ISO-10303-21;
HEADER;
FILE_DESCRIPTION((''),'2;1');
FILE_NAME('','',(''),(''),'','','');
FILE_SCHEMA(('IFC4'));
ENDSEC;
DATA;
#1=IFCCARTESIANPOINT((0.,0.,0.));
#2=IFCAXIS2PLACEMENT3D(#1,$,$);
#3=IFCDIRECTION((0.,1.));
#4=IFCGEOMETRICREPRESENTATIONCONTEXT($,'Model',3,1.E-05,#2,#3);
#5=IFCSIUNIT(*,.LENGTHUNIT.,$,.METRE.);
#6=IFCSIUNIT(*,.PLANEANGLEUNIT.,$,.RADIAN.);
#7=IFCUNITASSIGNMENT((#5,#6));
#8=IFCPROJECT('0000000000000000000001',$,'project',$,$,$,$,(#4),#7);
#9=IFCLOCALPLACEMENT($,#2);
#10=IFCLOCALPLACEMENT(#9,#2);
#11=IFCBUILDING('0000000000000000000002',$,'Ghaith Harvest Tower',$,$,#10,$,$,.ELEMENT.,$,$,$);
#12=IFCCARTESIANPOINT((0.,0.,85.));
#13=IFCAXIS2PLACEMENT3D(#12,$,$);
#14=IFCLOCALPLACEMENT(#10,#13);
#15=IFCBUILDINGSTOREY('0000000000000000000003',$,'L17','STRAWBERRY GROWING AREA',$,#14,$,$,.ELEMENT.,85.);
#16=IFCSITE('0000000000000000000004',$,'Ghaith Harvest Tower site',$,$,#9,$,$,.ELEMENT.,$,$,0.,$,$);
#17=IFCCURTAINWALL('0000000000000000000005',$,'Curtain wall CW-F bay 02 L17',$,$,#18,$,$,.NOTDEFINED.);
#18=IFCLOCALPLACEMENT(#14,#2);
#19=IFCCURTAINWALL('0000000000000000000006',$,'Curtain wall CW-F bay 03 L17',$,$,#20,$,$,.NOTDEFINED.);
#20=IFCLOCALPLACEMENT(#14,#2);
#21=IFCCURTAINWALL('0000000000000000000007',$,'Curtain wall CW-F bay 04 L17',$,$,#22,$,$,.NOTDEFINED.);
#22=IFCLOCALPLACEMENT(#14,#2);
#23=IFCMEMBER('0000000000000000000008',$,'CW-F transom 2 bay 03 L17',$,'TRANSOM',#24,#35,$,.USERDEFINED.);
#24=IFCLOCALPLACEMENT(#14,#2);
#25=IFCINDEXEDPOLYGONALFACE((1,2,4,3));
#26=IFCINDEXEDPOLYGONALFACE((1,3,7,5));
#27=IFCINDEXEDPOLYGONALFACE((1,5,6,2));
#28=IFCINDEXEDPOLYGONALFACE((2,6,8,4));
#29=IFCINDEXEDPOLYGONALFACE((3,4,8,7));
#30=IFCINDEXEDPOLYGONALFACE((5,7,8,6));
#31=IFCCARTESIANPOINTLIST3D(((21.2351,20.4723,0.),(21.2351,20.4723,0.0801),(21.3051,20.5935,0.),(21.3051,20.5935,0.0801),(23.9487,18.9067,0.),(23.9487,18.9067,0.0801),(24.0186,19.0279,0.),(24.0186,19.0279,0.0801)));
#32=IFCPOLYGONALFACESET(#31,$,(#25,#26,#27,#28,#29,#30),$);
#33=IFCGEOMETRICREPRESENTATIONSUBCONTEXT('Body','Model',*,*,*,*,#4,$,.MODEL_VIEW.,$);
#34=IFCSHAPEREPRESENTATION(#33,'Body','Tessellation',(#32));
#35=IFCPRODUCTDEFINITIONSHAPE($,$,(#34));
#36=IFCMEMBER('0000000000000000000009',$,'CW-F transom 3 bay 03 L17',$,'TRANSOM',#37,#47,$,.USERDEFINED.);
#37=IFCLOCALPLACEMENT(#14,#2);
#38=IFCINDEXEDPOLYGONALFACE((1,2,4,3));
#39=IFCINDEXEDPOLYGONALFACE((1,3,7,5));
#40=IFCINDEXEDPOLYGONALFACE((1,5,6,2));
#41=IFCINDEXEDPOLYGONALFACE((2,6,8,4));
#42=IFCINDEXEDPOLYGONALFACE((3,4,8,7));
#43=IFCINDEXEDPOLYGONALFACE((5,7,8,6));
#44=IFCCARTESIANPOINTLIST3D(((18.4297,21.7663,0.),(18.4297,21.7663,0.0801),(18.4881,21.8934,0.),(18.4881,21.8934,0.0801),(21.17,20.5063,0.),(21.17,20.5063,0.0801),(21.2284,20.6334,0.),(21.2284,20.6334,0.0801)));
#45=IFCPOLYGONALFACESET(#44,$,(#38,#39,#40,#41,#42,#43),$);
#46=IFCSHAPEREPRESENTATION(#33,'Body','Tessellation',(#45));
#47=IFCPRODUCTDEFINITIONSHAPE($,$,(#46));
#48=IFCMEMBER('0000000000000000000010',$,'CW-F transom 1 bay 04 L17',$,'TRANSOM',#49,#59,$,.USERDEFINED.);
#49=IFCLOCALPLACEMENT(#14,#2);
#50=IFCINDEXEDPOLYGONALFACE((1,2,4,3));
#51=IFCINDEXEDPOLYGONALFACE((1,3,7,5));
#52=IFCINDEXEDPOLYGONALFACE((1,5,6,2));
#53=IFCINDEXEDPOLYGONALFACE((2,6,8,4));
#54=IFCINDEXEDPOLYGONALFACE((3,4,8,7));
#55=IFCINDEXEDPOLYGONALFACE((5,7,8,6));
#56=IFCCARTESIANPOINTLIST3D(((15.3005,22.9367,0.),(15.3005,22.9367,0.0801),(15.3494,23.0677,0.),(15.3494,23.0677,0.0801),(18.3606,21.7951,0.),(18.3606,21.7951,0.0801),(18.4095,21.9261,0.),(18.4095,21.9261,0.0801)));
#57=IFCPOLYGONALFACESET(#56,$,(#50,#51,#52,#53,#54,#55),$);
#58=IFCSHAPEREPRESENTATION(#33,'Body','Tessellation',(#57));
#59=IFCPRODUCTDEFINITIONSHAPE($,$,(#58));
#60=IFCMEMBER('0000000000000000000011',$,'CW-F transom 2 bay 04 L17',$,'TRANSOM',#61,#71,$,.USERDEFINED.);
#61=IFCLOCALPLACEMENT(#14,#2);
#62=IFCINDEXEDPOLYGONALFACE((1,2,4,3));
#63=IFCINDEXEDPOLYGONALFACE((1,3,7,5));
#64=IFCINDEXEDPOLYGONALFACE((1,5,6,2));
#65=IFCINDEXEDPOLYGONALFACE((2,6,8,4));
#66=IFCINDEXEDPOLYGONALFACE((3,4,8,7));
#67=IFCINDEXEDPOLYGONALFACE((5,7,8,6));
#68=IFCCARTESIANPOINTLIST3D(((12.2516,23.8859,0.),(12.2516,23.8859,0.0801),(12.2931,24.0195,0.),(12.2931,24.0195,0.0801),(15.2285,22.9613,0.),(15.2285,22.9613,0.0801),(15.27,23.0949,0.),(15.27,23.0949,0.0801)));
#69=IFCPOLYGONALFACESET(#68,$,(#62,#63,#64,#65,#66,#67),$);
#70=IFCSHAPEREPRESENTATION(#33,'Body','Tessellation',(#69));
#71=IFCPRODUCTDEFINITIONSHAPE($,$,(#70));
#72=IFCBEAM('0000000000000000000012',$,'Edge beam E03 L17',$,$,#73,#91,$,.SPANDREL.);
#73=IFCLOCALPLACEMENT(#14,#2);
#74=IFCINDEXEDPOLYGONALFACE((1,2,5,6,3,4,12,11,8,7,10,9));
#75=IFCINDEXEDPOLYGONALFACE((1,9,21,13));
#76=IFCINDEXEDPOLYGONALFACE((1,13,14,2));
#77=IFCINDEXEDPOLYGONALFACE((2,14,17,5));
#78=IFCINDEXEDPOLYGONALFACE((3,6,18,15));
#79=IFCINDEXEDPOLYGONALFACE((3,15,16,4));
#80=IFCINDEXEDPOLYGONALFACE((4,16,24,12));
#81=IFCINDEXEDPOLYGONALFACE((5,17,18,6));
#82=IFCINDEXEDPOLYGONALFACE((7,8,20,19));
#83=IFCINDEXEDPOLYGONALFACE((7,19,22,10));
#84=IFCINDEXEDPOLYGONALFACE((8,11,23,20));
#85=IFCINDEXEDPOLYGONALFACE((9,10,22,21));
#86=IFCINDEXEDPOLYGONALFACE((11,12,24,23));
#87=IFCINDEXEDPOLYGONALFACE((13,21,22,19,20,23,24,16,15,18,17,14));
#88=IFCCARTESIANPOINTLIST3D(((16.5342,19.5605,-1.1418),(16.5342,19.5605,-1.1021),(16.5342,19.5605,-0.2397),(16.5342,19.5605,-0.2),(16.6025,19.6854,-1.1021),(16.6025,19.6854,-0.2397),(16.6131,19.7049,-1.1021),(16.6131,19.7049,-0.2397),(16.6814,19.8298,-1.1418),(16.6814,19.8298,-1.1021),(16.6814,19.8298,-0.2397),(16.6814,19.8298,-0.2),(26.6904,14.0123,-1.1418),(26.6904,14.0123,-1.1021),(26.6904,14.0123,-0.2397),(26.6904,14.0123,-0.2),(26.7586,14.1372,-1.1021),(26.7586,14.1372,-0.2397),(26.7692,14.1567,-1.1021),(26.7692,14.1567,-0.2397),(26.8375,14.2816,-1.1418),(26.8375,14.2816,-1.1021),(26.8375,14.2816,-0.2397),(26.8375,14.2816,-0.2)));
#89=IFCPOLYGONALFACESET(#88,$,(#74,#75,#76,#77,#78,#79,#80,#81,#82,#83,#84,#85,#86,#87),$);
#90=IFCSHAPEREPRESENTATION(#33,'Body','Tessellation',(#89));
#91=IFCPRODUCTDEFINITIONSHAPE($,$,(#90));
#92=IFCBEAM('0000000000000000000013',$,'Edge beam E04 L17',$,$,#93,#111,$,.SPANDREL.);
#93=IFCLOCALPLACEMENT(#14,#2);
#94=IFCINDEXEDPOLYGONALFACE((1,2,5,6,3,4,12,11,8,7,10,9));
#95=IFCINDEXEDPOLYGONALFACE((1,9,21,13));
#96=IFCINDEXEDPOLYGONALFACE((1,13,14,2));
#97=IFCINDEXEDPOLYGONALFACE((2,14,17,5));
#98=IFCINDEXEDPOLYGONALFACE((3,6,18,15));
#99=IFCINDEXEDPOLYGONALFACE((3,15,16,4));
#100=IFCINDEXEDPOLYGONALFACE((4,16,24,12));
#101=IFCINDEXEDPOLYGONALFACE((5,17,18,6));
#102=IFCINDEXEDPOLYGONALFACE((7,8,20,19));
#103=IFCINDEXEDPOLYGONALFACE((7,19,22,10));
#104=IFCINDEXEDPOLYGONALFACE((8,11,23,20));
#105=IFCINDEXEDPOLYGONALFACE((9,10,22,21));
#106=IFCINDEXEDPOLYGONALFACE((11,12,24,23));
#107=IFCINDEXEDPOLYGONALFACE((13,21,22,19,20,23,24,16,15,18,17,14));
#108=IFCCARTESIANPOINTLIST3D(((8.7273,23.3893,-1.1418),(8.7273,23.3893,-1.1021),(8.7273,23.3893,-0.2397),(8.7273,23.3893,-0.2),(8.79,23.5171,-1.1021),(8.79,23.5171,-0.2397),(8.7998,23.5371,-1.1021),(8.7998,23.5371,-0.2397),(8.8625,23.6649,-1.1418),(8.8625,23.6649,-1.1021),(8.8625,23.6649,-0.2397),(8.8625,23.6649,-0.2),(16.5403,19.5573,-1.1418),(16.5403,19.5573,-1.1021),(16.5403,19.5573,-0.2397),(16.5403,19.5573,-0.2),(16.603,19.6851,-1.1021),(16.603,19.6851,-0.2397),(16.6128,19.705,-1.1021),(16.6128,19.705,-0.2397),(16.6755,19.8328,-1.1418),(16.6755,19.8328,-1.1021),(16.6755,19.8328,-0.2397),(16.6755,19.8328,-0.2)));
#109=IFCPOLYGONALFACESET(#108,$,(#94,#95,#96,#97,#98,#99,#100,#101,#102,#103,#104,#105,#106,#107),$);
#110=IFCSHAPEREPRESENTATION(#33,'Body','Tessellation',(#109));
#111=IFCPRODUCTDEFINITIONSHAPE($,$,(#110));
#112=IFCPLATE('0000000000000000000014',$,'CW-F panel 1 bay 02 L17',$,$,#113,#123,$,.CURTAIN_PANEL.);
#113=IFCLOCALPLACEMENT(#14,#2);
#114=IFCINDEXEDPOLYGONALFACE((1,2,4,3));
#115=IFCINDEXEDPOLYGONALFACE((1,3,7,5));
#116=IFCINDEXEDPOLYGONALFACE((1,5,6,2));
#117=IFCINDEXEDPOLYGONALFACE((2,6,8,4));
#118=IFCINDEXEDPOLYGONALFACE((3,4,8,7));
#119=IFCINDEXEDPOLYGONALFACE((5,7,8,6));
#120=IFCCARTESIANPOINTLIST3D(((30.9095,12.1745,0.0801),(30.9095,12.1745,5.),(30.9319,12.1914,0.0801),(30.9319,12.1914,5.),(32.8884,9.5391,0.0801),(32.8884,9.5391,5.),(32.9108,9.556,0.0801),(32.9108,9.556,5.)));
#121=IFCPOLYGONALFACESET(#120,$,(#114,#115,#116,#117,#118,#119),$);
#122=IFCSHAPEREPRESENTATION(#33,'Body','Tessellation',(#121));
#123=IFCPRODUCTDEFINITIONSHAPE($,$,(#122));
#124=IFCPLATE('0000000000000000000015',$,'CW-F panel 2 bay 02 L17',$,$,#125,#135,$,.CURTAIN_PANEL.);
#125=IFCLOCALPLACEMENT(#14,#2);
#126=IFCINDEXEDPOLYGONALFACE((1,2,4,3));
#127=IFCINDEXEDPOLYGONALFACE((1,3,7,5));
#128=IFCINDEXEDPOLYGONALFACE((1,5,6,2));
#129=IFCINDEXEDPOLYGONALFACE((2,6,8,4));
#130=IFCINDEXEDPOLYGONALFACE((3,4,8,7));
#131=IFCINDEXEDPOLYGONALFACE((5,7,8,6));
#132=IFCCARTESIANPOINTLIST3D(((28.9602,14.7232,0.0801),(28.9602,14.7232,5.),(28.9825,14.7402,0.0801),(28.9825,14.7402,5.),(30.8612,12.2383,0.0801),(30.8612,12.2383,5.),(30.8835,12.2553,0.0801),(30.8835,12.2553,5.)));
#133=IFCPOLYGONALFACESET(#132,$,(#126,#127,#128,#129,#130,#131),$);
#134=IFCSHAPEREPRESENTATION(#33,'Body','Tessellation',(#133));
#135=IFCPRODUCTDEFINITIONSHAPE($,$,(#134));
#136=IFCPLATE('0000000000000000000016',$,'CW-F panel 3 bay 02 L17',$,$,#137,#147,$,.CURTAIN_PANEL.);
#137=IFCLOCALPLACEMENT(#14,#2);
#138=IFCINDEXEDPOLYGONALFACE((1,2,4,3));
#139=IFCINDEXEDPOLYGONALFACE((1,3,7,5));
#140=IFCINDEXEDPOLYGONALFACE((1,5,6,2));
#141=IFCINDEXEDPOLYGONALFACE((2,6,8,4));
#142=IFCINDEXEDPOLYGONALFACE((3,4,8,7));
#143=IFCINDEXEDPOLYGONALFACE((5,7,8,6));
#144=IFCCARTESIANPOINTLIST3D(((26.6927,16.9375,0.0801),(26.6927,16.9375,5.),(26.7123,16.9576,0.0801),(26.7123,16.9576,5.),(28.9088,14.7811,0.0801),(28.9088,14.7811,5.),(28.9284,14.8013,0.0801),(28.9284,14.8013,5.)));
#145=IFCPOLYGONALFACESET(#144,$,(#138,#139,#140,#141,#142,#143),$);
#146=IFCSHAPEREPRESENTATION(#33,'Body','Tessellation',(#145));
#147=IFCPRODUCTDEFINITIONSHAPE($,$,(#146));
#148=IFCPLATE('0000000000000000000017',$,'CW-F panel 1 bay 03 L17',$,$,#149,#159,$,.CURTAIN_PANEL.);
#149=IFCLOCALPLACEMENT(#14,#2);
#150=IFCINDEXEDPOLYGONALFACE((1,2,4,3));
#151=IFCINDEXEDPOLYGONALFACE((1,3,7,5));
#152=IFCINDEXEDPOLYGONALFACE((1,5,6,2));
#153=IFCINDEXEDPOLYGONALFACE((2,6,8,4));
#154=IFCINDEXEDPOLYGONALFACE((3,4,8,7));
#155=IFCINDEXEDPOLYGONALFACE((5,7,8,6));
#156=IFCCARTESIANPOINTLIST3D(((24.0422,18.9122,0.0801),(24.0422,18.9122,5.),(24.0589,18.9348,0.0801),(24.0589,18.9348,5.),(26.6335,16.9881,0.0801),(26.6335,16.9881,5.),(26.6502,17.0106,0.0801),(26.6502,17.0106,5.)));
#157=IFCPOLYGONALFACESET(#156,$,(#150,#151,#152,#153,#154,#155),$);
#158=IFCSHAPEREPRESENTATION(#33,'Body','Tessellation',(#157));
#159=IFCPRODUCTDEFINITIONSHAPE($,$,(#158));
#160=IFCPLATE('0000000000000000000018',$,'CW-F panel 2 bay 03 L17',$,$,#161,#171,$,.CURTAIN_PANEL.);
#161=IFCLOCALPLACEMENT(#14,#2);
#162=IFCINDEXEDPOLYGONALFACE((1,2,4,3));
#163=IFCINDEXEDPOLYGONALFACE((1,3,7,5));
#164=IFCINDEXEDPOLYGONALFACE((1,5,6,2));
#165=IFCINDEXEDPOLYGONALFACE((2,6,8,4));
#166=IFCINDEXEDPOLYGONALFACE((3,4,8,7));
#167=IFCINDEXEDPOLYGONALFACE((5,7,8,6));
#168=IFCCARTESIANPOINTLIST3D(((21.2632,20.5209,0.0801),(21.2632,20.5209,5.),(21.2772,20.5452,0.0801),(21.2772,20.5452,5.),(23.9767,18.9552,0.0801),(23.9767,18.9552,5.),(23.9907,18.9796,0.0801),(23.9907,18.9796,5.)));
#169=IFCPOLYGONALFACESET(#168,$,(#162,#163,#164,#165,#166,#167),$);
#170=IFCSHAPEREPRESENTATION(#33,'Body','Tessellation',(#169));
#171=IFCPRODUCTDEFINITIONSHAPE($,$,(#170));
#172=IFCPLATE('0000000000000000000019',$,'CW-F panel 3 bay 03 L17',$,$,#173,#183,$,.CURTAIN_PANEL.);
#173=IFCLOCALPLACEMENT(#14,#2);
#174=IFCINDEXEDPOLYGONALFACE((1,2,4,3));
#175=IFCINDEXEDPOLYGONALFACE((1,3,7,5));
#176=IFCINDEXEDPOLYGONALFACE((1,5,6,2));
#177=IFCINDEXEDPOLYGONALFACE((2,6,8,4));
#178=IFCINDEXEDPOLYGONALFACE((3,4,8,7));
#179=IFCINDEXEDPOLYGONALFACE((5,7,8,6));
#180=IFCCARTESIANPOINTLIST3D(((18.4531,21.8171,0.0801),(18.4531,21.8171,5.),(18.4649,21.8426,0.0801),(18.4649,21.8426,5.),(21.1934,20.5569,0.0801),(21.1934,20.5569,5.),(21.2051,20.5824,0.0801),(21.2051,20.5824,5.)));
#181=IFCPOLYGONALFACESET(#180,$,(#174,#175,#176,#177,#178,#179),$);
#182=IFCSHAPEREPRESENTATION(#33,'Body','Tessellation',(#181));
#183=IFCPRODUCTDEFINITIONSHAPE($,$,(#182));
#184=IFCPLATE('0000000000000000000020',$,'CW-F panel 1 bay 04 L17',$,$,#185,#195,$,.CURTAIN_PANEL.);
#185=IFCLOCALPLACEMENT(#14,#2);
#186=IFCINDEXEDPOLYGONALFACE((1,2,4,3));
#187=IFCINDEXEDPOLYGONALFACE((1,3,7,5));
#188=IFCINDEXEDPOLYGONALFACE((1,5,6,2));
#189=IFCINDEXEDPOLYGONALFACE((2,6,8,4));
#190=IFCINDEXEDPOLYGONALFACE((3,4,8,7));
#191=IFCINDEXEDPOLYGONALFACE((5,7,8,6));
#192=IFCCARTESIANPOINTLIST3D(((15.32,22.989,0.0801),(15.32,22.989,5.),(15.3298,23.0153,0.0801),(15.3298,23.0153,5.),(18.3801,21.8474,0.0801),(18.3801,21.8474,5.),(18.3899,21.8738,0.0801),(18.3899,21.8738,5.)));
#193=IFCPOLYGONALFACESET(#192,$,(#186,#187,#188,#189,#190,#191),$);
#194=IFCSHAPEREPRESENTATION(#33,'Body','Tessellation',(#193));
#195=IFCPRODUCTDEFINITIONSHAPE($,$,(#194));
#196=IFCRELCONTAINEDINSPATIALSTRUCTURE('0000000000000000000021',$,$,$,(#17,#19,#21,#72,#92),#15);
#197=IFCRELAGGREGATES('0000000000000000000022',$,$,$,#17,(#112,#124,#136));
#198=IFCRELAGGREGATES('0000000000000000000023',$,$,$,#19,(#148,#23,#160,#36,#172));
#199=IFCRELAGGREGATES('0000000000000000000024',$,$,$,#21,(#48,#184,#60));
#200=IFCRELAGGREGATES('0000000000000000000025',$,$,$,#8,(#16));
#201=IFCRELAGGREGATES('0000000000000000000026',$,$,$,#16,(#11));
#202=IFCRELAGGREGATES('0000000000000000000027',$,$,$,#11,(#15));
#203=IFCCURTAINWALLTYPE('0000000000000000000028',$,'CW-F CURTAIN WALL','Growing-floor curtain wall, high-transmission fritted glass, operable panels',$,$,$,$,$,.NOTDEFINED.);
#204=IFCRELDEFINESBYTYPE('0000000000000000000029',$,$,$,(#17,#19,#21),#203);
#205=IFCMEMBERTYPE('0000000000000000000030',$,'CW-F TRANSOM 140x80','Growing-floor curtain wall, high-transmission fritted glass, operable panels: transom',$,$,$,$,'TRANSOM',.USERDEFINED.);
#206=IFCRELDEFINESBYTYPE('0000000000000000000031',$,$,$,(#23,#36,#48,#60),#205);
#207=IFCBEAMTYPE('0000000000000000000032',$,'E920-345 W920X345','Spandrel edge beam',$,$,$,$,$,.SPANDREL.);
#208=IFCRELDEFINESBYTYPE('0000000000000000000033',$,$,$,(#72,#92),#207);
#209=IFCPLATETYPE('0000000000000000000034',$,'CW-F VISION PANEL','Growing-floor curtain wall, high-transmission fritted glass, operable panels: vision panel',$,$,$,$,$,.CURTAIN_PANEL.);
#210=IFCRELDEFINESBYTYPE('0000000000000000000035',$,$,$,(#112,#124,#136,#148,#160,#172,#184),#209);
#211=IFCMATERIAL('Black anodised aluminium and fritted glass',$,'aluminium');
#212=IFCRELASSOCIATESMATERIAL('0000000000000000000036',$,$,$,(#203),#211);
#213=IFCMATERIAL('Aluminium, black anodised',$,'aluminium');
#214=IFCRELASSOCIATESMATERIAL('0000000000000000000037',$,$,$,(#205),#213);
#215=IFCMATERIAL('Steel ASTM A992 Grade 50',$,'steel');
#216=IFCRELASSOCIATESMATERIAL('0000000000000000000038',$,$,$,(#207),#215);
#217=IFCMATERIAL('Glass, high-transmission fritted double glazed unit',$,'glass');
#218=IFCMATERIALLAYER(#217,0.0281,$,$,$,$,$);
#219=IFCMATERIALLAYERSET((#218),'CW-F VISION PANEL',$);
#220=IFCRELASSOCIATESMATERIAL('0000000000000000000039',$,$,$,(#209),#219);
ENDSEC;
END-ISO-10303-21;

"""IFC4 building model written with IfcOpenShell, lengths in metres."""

from ifc_helpers import new_model, si_unit, direction, frame, origin, origin_2d, place, context, subcontext, project, spatial, rectangle, i_section, extrude, material, layer, layer_set, material_profile, profile_set, type_object, element, aggregate, save


model = new_model("IFC4")

# Units and contexts
model_context = context("Model", 3, precision=1e-05, world=origin(), true_north=direction((0.0, 1.0)))
body_context = subcontext(model_context, "Body", "Model", "MODEL_VIEW")
ifc_project = project(units=[si_unit("LENGTHUNIT", "METRE"), si_unit("PLANEANGLEUNIT", "RADIAN")], contexts=[model_context])

# Site, building, storey
site_placement = place(None, origin())
site = spatial("IfcSite", under=ifc_project, at=site_placement, Name="Ghaith Harvest Tower site", CompositionType="ELEMENT", RefElevation=0.0)
building_placement = place(site_placement, origin())
building = spatial("IfcBuilding", under=site, at=building_placement, Name="Ghaith Harvest Tower", CompositionType="ELEMENT")
storey_placement = place(building_placement, frame((0.0, 0.0, 85.0)))
storey = spatial("IfcBuildingStorey", under=building, at=storey_placement, Name="L17", Description="STRAWBERRY GROWING AREA", CompositionType="ELEMENT", Elevation=85.0)

# Curtain walls
ifc_material_1 = material(Name="Black anodised aluminium and fritted glass", Category="aluminium")
curtain_wall_type = type_object("IfcCurtainWallType", Name="CW-F CURTAIN WALL", Description="Growing-floor curtain wall, high-transmission fritted glass, operable panels", PredefinedType="NOTDEFINED", material=ifc_material_1)
curtain_wall_1_placement = place(storey_placement, origin())
curtain_wall_1 = element("IfcCurtainWall", 1, at=curtain_wall_1_placement, inside=storey, type_object=curtain_wall_type, Name="Curtain wall CW-F bay 02 L17", PredefinedType="NOTDEFINED")
curtain_wall_2_placement = place(storey_placement, origin())
curtain_wall_2 = element("IfcCurtainWall", 2, at=curtain_wall_2_placement, inside=storey, type_object=curtain_wall_type, Name="Curtain wall CW-F bay 03 L17", PredefinedType="NOTDEFINED")
curtain_wall_3_placement = place(storey_placement, origin())
curtain_wall_3 = element("IfcCurtainWall", 3, at=curtain_wall_3_placement, inside=storey, type_object=curtain_wall_type, Name="Curtain wall CW-F bay 04 L17", PredefinedType="NOTDEFINED")

# Members
ifc_material_2 = material(Name="Aluminium, black anodised", Category="aluminium")
ifc_material_profile_1 = material_profile(ifc_material_2, rectangle(XDim=0.1399, YDim=0.0801, at=origin_2d()), Name="CW-F TRANSOM 140x80")
ifc_profile_set_1 = profile_set([ifc_material_profile_1], Name="Aluminium, black anodised")
member_type_1 = type_object("IfcMemberType", Name="CW-F TRANSOM 140x80", Description="Growing-floor curtain wall, high-transmission fritted glass, operable panels: transom", ElementType="TRANSOM", PredefinedType="USERDEFINED", material=ifc_profile_set_1)
member_1_placement = place(storey_placement, frame((23.9836, 18.9673, 0.04), z_axis=(-0.866169, 0.499752, 0.0), x_axis=(-0.499752, -0.866169, 0.0)))
member_1 = element("IfcMember", 4, at=member_1_placement, type_object=member_type_1, Name="CW-F transom 2 bay 03 L17", ObjectType="TRANSOM", PredefinedType="USERDEFINED", context=body_context, shape_type="SweptSolid", body=[
    extrude(rectangle(XDim=0.1399, YDim=0.0801, at=origin_2d()), origin(), (0.0, 0.0, 1.0), 3.1328),
])
member_2_placement = place(storey_placement, frame((21.1992, 20.5698, 0.04), z_axis=(-0.908553, 0.417769, 0.0), x_axis=(-0.417769, -0.908553, 0.0)))
member_2 = element("IfcMember", 5, at=member_2_placement, type_object=member_type_1, Name="CW-F transom 3 bay 03 L17", ObjectType="TRANSOM", PredefinedType="USERDEFINED", context=body_context, shape_type="SweptSolid", body=[
    extrude(rectangle(XDim=0.1399, YDim=0.0801, at=origin_2d()), origin(), (0.0, 0.0, 1.0), 3.0161),
])
member_3_placement = place(storey_placement, frame((18.385, 21.8606, 0.04), z_axis=(-0.936924, 0.349534, 0.0), x_axis=(-0.349534, -0.936924, 0.0)))
member_3 = element("IfcMember", 6, at=member_3_placement, type_object=member_type_1, Name="CW-F transom 1 bay 04 L17", ObjectType="TRANSOM", PredefinedType="USERDEFINED", context=body_context, shape_type="SweptSolid", body=[
    extrude(rectangle(XDim=0.1399, YDim=0.0801, at=origin_2d()), origin(), (0.0, 0.0, 1.0), 3.2661),
])
member_4_placement = place(storey_placement, frame((15.2493, 23.0281, 0.04), z_axis=(-0.954998, 0.296611, 0.0), x_axis=(-0.296611, -0.954998, 0.0)))
member_4 = element("IfcMember", 7, at=member_4_placement, type_object=member_type_1, Name="CW-F transom 2 bay 04 L17", ObjectType="TRANSOM", PredefinedType="USERDEFINED", context=body_context, shape_type="SweptSolid", body=[
    extrude(rectangle(XDim=0.1399, YDim=0.0801, at=origin_2d()), origin(), (0.0, 0.0, 1.0), 3.1172),
])

# Beams
ifc_material_3 = material(Name="Steel ASTM A992 Grade 50", Category="steel")
ifc_material_profile_2 = material_profile(ifc_material_3, i_section(OverallWidth=0.3069, OverallDepth=0.9419, WebThickness=0.0222, FlangeThickness=0.0398, at=origin_2d()), Name="W920X345")
ifc_profile_set_2 = profile_set([ifc_material_profile_2], Name="Steel ASTM A992 Grade 50")
beam_type = type_object("IfcBeamType", Name="E920-345 W920X345", Description="Spandrel edge beam", PredefinedType="SPANDREL", material=ifc_profile_set_2)
beam_1_placement = place(storey_placement, frame((26.7639, 14.147, -0.6709), z_axis=(-0.877588, 0.479415, 0.0), x_axis=(-0.479415, -0.877588, 0.0)))
element("IfcBeam", 8, at=beam_1_placement, inside=storey, type_object=beam_type, Name="Edge beam E03 L17", PredefinedType="SPANDREL", context=body_context, shape_type="SweptSolid", body=[
    extrude(i_section(OverallWidth=0.3069, OverallDepth=0.9419, WebThickness=0.0222, FlangeThickness=0.0398, at=origin_2d()), origin(), (0.0, 0.0, 1.0), 11.5728),
])
beam_2_placement = place(storey_placement, frame((16.6079, 19.6951, -0.6709), z_axis=(-0.897824, 0.440355, 0.0), x_axis=(-0.440355, -0.897824, 0.0)))
element("IfcBeam", 9, at=beam_2_placement, inside=storey, type_object=beam_type, Name="Edge beam E04 L17", PredefinedType="SPANDREL", context=body_context, shape_type="SweptSolid", body=[
    extrude(i_section(OverallWidth=0.3069, OverallDepth=0.9419, WebThickness=0.0222, FlangeThickness=0.0398, at=origin_2d()), origin(), (0.0, 0.0, 1.0), 8.7021),
])

# Plates
ifc_material_4 = material(Name="Glass, high-transmission fritted double glazed unit", Category="glass")
ifc_layer_1 = layer(ifc_material_4, 0.0281)
ifc_layer_set_1 = layer_set([ifc_layer_1], Name="CW-F VISION PANEL")
plate_type = type_object("IfcPlateType", Name="CW-F VISION PANEL", Description="Growing-floor curtain wall, high-transmission fritted glass, operable panels: vision panel", PredefinedType="CURTAIN_PANEL", material=ifc_layer_set_1)
plate_1_placement = place(storey_placement, frame((31.9102, 10.8652, 0.0801), z_axis=(0.0, 0.0, 1.0), x_axis=(-0.600454, 0.799659, 0.0)))
plate_1 = element("IfcPlate", 10, at=plate_1_placement, type_object=plate_type, Name="CW-F panel 1 bay 02 L17", PredefinedType="CURTAIN_PANEL", context=body_context, shape_type="SweptSolid", body=[
    extrude(rectangle(XDim=3.2957, YDim=0.0281, at=origin_2d()), origin(), (0.0, 0.0, 1.0), 4.9199),
])
plate_2_placement = place(storey_placement, frame((29.9219, 13.4893, 0.0801), z_axis=(0.0, 0.0, 1.0), x_axis=(-0.607612, 0.794234, 0.0)))
plate_2 = element("IfcPlate", 11, at=plate_2_placement, type_object=plate_type, Name="CW-F panel 2 bay 02 L17", PredefinedType="CURTAIN_PANEL", context=body_context, shape_type="SweptSolid", body=[
    extrude(rectangle(XDim=3.1287, YDim=0.0281, at=origin_2d()), origin(), (0.0, 0.0, 1.0), 4.9199),
])
plate_3_placement = place(storey_placement, frame((27.8105, 15.8694, 0.0801), z_axis=(0.0, 0.0, 1.0), x_axis=(-0.716691, 0.697391, 0.0)))
plate_3 = element("IfcPlate", 12, at=plate_3_placement, type_object=plate_type, Name="CW-F panel 3 bay 02 L17", PredefinedType="CURTAIN_PANEL", context=body_context, shape_type="SweptSolid", body=[
    extrude(rectangle(XDim=3.092, YDim=0.0281, at=origin_2d()), origin(), (0.0, 0.0, 1.0), 4.9199),
])
aggregate(curtain_wall_1, [plate_1, plate_2, plate_3])
plate_4_placement = place(storey_placement, frame((25.3462, 17.9614, 0.0801), z_axis=(0.0, 0.0, 1.0), x_axis=(-0.802867, 0.596158, 0.0)))
plate_4 = element("IfcPlate", 13, at=plate_4_placement, type_object=plate_type, Name="CW-F panel 1 bay 03 L17", PredefinedType="CURTAIN_PANEL", context=body_context, shape_type="SweptSolid", body=[
    extrude(rectangle(XDim=3.2275, YDim=0.0281, at=origin_2d()), origin(), (0.0, 0.0, 1.0), 4.9199),
])
plate_5_placement = place(storey_placement, frame((22.627, 19.7502, 0.0801), z_axis=(0.0, 0.0, 1.0), x_axis=(-0.866159, 0.499768, 0.0)))
plate_5 = element("IfcPlate", 14, at=plate_5_placement, type_object=plate_type, Name="CW-F panel 2 bay 03 L17", PredefinedType="CURTAIN_PANEL", context=body_context, shape_type="SweptSolid", body=[
    extrude(rectangle(XDim=3.1328, YDim=0.0281, at=origin_2d()), origin(), (0.0, 0.0, 1.0), 4.9199),
])
plate_6_placement = place(storey_placement, frame((19.8291, 21.1997, 0.0801), z_axis=(0.0, 0.0, 1.0), x_axis=(-0.90853, 0.417821, 0.0)))
plate_6 = element("IfcPlate", 15, at=plate_6_placement, type_object=plate_type, Name="CW-F panel 3 bay 03 L17", PredefinedType="CURTAIN_PANEL", context=body_context, shape_type="SweptSolid", body=[
    extrude(rectangle(XDim=3.0161, YDim=0.0281, at=origin_2d()), origin(), (0.0, 0.0, 1.0), 4.9199),
])
aggregate(curtain_wall_2, [plate_4, member_1, plate_5, member_2, plate_6])
plate_7_placement = place(storey_placement, frame((16.855, 22.4314, 0.0801), z_axis=(0.0, 0.0, 1.0), x_axis=(-0.936926, 0.349526, 0.0)))
plate_7 = element("IfcPlate", 16, at=plate_7_placement, type_object=plate_type, Name="CW-F panel 1 bay 04 L17", PredefinedType="CURTAIN_PANEL", context=body_context, shape_type="SweptSolid", body=[
    extrude(rectangle(XDim=3.2661, YDim=0.0281, at=origin_2d()), origin(), (0.0, 0.0, 1.0), 4.9199),
])
aggregate(curtain_wall_3, [member_3, plate_7, member_4])

save(model, "model.ifc")
